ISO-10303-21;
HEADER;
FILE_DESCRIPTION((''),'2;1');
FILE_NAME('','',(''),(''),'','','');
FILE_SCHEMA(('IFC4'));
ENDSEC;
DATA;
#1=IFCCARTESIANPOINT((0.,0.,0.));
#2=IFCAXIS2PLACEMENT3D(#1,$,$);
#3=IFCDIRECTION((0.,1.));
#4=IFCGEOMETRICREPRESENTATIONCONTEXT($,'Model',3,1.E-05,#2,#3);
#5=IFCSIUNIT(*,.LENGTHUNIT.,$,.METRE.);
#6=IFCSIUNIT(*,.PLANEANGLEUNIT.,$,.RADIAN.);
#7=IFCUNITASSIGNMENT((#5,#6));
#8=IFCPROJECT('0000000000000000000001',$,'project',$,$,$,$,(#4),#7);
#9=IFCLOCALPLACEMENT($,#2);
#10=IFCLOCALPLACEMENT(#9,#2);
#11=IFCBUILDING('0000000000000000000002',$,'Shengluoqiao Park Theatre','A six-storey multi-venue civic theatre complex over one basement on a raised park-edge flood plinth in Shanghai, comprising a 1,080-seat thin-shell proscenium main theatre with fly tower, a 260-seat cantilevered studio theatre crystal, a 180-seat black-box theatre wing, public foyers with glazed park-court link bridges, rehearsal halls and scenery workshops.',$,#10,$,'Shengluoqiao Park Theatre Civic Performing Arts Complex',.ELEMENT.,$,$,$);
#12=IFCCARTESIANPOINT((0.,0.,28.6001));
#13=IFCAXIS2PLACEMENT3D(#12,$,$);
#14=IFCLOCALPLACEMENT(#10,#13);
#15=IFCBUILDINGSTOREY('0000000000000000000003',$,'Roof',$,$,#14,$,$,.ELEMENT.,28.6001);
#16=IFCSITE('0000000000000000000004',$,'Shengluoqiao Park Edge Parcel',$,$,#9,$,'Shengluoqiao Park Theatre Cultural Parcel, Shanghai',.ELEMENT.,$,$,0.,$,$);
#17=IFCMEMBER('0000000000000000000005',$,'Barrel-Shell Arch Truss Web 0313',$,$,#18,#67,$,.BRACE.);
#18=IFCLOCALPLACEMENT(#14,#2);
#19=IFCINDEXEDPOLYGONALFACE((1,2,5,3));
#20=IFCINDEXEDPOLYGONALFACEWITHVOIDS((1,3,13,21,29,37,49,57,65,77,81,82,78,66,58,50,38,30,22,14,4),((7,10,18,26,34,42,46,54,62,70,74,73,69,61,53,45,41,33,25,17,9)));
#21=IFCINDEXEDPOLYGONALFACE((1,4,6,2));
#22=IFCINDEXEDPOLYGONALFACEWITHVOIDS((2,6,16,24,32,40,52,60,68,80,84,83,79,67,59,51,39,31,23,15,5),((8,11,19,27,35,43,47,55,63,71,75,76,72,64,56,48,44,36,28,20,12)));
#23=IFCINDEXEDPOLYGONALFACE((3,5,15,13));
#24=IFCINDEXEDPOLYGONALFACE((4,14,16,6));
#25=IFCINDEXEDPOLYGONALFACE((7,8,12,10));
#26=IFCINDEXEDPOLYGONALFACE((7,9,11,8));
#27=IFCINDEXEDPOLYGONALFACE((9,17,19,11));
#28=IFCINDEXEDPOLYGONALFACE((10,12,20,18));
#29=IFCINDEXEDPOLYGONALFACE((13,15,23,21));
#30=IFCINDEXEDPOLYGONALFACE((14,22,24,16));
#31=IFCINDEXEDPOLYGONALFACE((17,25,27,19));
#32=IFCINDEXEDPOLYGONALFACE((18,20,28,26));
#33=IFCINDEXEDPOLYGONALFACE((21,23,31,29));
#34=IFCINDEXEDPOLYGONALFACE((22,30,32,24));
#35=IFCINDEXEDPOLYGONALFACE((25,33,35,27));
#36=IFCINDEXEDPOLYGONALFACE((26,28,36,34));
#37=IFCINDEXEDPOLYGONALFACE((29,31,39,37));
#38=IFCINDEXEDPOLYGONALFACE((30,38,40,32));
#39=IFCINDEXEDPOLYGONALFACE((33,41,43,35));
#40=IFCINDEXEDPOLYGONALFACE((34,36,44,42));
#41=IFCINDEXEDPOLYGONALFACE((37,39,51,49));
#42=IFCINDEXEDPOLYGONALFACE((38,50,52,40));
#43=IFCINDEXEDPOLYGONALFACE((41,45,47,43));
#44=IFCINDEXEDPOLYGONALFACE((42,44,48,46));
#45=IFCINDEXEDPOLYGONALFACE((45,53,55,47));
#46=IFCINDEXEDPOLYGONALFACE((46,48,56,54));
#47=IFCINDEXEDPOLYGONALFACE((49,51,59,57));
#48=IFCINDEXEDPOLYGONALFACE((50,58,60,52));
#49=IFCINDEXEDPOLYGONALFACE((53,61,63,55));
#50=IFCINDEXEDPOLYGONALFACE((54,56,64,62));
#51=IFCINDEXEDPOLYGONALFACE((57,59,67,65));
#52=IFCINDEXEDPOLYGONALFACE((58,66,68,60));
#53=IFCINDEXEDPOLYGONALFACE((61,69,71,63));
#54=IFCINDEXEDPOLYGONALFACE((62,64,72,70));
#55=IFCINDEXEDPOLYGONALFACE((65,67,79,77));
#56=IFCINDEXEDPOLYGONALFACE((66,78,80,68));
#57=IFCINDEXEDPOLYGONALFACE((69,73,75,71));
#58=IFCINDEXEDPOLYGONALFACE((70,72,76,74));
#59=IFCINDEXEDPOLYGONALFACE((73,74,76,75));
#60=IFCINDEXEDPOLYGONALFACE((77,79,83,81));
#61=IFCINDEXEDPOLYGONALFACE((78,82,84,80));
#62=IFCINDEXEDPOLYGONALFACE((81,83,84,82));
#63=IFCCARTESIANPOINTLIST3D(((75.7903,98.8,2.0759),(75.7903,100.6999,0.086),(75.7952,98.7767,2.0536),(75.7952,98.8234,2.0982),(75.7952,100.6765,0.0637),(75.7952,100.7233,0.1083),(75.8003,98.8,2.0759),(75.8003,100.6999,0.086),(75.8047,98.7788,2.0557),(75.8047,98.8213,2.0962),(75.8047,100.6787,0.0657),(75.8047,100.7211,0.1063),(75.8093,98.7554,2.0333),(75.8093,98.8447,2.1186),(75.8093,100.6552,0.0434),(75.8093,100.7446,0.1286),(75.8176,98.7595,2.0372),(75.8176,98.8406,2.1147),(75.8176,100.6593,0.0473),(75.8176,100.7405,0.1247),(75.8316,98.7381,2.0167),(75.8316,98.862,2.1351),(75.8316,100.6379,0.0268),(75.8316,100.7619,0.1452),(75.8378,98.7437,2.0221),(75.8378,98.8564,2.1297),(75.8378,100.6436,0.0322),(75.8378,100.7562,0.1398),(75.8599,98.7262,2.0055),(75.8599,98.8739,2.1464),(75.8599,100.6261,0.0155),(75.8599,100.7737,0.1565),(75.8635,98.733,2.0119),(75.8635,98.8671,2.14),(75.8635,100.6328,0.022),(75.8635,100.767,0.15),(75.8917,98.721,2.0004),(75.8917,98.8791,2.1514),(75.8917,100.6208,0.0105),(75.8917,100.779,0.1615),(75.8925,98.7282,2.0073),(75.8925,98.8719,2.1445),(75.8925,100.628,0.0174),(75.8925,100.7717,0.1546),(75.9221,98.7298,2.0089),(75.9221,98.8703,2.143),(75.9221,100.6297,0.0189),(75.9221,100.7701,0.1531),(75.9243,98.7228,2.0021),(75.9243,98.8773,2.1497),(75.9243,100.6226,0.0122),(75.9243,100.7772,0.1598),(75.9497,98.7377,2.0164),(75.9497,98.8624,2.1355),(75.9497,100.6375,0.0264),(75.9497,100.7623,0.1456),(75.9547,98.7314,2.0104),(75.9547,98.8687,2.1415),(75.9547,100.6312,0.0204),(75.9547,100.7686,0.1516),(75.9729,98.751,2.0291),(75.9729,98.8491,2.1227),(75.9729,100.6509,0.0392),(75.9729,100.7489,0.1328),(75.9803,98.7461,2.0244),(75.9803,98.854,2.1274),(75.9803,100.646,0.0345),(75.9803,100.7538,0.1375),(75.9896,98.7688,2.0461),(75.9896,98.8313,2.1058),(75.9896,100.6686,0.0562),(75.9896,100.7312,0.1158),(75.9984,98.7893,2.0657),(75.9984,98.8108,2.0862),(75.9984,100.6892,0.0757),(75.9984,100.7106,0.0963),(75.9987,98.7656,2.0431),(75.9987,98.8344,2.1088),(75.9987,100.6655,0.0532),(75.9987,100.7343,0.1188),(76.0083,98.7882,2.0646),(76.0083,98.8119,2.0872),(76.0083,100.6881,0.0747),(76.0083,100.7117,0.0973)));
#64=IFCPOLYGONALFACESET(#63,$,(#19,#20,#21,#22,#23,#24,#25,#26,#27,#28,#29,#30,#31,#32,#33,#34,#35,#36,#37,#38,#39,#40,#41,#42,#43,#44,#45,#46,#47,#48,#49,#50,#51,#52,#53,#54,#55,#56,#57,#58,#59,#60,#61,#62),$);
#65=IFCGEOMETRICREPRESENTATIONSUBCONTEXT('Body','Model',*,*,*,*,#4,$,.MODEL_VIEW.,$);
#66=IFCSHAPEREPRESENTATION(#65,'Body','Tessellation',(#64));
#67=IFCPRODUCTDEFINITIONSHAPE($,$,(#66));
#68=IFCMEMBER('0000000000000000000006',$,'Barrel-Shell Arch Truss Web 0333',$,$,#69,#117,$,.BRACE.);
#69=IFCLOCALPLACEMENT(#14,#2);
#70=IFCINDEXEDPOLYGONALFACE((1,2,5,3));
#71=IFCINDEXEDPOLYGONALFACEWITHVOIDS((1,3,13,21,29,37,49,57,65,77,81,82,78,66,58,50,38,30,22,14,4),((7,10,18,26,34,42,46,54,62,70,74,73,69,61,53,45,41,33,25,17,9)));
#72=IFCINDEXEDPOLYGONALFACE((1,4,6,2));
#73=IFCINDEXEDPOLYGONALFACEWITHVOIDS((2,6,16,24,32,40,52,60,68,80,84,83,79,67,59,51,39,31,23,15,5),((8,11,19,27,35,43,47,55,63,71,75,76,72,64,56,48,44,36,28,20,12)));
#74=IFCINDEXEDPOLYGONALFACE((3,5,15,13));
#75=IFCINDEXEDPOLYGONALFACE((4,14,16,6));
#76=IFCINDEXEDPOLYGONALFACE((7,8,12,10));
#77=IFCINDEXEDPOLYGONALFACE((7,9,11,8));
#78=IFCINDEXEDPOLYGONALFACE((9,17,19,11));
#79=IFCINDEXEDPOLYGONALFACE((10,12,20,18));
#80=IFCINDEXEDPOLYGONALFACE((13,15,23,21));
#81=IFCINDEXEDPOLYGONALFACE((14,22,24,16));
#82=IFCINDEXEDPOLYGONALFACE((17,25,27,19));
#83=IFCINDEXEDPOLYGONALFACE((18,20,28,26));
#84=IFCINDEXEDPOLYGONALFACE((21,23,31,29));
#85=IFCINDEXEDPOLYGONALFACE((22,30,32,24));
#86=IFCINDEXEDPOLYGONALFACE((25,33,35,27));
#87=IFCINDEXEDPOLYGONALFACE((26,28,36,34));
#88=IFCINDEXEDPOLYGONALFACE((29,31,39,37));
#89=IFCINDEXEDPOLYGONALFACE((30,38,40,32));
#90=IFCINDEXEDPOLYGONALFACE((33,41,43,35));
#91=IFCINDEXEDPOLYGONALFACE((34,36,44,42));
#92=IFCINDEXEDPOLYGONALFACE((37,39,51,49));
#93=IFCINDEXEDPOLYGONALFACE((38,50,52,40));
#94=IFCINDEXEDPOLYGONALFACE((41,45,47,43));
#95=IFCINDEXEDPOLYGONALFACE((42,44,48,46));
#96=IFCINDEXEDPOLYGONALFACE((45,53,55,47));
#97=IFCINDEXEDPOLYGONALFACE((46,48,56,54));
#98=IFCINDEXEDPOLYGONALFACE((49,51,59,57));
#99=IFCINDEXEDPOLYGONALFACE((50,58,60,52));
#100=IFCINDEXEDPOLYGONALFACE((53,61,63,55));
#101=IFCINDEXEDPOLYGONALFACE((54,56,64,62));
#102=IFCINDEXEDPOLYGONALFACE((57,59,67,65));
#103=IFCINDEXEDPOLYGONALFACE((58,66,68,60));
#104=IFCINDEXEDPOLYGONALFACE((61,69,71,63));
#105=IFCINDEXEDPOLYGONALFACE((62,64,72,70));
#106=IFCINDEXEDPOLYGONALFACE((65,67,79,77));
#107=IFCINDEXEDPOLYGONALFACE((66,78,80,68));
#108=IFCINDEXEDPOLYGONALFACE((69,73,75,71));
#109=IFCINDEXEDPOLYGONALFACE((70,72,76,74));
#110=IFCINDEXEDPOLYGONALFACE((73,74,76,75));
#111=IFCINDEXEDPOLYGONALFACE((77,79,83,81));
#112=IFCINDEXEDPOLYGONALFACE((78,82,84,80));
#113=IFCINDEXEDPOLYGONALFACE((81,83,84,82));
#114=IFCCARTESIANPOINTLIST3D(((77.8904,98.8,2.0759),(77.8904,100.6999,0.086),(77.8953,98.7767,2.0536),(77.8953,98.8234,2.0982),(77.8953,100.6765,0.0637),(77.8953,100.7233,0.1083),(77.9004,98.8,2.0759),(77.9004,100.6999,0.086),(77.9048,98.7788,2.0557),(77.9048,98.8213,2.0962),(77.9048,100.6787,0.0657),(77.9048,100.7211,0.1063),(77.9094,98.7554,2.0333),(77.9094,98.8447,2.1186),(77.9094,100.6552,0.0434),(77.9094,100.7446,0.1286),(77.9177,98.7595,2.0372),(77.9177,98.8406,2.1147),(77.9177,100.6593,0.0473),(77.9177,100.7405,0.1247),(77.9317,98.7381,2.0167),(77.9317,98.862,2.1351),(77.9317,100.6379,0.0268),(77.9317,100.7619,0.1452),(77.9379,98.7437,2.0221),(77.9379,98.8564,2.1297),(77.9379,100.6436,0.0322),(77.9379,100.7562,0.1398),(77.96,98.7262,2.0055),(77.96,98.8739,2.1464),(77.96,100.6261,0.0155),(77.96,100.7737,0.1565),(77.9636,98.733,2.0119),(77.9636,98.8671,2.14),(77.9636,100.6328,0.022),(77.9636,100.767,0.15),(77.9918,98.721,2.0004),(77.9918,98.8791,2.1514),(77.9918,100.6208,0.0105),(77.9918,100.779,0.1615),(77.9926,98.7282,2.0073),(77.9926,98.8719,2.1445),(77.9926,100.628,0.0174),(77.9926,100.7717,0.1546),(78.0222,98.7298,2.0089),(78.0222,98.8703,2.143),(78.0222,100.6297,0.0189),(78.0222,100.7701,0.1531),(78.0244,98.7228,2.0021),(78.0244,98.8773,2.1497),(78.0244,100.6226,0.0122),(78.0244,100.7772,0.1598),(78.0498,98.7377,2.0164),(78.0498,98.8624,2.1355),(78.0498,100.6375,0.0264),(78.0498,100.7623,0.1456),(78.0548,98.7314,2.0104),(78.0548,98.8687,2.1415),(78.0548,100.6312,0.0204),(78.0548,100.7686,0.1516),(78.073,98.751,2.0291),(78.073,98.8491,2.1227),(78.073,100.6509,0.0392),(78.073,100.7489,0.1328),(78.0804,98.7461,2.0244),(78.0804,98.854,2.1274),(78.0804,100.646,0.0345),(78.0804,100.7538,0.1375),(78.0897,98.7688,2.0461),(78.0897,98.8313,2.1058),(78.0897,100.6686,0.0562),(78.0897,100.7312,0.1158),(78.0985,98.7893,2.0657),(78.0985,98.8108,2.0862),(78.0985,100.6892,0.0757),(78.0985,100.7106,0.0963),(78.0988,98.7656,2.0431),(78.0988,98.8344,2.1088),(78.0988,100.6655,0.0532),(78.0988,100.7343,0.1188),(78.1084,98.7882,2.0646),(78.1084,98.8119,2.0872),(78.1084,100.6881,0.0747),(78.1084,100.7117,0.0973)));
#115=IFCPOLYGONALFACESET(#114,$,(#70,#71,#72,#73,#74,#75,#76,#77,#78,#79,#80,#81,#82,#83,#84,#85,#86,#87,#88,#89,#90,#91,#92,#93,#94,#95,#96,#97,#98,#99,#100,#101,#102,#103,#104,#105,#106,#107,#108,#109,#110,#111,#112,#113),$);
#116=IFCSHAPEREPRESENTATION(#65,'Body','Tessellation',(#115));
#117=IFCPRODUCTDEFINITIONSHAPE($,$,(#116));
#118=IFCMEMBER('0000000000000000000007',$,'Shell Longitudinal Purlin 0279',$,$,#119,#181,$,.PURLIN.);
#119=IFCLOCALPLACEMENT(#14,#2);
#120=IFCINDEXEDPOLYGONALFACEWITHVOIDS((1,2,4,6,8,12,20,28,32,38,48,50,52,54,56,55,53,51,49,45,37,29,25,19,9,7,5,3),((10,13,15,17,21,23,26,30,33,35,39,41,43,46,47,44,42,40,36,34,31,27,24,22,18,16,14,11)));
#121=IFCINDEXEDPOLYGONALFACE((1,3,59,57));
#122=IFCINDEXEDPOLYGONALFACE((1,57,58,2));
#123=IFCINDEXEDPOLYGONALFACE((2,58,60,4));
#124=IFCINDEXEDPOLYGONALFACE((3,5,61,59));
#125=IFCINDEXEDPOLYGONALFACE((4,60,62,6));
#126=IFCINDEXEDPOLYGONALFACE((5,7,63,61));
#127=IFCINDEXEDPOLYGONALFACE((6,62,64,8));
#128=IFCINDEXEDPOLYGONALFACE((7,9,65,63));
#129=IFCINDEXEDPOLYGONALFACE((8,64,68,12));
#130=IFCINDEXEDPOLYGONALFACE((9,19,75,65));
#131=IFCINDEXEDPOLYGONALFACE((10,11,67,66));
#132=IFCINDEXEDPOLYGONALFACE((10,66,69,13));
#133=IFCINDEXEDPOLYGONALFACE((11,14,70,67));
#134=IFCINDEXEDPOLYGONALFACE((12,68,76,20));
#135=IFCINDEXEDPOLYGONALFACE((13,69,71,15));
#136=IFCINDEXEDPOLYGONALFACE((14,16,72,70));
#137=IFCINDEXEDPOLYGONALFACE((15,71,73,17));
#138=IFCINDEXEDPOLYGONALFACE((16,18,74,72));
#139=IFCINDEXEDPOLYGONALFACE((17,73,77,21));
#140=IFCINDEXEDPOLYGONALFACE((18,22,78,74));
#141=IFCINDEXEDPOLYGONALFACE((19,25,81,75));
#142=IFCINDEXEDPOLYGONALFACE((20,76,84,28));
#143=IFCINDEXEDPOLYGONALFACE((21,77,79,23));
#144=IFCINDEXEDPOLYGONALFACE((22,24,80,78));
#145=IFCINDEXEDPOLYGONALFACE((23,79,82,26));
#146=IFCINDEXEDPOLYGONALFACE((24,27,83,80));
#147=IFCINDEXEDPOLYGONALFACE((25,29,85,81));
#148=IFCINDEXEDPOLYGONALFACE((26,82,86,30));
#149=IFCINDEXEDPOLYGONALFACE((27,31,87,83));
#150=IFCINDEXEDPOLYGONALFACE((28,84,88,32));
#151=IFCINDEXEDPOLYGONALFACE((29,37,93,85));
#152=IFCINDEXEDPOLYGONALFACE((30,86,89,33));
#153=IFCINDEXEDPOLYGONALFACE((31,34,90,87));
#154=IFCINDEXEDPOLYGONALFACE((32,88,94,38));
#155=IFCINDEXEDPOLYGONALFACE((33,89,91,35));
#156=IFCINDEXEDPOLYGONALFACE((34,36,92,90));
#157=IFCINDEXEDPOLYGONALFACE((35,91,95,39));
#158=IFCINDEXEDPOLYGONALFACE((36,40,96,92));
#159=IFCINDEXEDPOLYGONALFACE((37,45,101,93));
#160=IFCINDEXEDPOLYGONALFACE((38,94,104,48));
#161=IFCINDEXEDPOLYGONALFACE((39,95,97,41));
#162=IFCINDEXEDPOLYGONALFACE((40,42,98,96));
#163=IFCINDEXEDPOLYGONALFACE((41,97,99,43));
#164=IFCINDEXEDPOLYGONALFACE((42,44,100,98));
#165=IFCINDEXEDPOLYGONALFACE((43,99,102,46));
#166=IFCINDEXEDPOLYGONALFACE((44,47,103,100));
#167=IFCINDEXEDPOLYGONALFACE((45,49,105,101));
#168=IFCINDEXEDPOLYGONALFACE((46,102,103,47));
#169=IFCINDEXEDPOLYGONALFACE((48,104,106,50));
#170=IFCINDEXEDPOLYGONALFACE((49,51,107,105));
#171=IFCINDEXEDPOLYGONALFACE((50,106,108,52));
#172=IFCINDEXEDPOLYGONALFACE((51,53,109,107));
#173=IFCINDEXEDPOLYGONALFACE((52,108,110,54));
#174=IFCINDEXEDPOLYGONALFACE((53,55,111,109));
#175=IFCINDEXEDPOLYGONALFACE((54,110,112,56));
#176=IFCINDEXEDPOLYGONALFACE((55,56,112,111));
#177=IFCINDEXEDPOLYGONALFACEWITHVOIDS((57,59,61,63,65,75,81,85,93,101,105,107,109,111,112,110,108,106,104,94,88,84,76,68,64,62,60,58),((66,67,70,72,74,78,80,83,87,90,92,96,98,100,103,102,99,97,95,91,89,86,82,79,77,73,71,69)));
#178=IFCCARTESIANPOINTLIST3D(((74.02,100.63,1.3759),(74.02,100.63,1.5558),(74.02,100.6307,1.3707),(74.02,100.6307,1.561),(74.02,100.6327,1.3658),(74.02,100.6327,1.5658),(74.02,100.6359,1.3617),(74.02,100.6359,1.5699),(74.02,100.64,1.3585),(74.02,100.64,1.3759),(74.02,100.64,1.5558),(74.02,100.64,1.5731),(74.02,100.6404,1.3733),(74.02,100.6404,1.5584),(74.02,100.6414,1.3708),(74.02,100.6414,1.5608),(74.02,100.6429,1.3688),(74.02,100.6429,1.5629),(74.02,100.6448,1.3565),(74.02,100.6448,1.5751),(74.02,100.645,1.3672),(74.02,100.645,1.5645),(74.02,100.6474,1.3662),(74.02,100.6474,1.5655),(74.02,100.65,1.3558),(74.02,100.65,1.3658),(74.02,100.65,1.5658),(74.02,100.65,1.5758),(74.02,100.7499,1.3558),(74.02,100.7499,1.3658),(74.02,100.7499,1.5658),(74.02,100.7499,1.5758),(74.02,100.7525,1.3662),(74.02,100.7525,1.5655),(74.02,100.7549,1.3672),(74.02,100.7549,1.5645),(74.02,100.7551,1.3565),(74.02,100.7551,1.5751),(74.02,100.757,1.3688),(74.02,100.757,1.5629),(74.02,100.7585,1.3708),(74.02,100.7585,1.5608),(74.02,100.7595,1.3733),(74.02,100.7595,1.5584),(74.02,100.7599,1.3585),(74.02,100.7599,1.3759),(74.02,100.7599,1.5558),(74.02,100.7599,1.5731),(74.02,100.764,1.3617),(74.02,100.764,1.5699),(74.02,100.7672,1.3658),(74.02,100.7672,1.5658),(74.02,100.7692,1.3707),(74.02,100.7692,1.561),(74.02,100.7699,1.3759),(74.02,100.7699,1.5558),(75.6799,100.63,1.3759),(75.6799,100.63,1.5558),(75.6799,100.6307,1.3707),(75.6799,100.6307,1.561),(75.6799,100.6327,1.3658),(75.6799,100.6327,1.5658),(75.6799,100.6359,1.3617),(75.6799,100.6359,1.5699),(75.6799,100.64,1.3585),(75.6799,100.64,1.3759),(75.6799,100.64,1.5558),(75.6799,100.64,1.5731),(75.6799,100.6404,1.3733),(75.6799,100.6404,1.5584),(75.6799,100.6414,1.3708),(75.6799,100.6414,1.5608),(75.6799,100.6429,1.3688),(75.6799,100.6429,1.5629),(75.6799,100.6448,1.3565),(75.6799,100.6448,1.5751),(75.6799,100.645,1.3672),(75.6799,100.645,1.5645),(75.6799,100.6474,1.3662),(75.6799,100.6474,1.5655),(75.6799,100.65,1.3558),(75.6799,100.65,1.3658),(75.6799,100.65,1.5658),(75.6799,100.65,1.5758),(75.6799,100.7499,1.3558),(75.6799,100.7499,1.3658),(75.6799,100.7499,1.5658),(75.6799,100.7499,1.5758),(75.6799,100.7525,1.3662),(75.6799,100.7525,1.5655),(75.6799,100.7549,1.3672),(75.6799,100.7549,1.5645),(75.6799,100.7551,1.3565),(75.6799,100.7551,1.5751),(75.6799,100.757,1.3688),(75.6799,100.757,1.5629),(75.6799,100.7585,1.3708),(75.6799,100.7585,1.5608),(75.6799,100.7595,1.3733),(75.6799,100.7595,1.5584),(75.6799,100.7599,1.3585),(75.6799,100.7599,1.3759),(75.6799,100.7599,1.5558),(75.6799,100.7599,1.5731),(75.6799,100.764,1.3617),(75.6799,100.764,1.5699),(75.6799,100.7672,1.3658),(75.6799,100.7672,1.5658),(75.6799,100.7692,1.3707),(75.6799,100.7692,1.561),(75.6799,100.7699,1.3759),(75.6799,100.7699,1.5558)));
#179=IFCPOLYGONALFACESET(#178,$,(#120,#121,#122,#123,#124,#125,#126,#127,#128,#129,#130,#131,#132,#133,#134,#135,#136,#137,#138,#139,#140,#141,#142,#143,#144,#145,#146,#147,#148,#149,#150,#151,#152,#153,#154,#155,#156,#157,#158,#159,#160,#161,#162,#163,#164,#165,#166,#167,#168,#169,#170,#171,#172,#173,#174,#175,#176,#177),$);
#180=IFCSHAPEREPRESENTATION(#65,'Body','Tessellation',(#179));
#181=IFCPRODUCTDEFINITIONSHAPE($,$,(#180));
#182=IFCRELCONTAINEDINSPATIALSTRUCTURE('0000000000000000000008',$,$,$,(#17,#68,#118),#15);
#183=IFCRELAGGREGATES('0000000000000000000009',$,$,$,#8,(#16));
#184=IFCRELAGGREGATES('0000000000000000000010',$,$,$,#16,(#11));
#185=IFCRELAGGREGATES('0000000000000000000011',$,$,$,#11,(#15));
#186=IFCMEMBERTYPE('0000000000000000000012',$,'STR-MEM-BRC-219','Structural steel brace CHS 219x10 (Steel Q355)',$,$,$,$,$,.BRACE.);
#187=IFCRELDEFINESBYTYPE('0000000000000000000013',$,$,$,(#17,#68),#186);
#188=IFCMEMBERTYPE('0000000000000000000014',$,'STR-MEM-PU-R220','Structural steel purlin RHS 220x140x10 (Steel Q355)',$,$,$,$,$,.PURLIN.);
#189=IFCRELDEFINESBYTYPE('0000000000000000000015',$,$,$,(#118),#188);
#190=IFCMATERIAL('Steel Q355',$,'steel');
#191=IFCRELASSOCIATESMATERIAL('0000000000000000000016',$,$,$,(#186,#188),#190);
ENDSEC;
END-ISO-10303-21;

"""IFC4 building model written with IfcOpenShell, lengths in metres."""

from ifc_helpers import new_model, si_unit, direction, frame, origin, origin_2d, place, context, subcontext, project, spatial, hollow_rectangle, hollow_circle, extrude, material, material_profile, profile_set, type_object, element, save


model = new_model("IFC4")

# Units and contexts
model_context = context("Model", 3, precision=1e-05, world=origin(), true_north=direction((0.0, 1.0)))
body_context = subcontext(model_context, "Body", "Model", "MODEL_VIEW")
ifc_project = project(units=[si_unit("LENGTHUNIT", "METRE"), si_unit("PLANEANGLEUNIT", "RADIAN")], contexts=[model_context])

# Site, building, storey
site_placement = place(None, origin())
site = spatial("IfcSite", under=ifc_project, at=site_placement, Name="Shengluoqiao Park Edge Parcel", LongName="Shengluoqiao Park Theatre Cultural Parcel, Shanghai", CompositionType="ELEMENT", RefElevation=0.0)
building_placement = place(site_placement, origin())
building = spatial("IfcBuilding", under=site, at=building_placement, Name="Shengluoqiao Park Theatre", Description="A six-storey multi-venue civic theatre complex over one basement on a raised park-edge flood plinth in Shanghai, comprising a 1,080-seat thin-shell proscenium main theatre with fly tower, a 260-seat cantilevered studio theatre crystal, a 180-seat black-box theatre wing, public foyers with glazed park-court link bridges, rehearsal halls and scenery workshops.", LongName="Shengluoqiao Park Theatre Civic Performing Arts Complex", CompositionType="ELEMENT")
storey_placement = place(building_placement, frame((0.0, 0.0, 28.6001)))
storey = spatial("IfcBuildingStorey", under=building, at=storey_placement, Name="Roof", CompositionType="ELEMENT", Elevation=28.6001)

# Shared definitions
ifc_material_1 = material(Name="Steel Q355", Category="steel")

# Members
ifc_material_profile_1 = material_profile(ifc_material_1, hollow_circle(Radius=0.1096, WallThickness=0.01, at=origin_2d()), Name="CHS 219x10")
ifc_profile_set_1 = profile_set([ifc_material_profile_1], Name="Steel Q355")
member_type_1 = type_object("IfcMemberType", Name="STR-MEM-BRC-219", Description="Structural steel brace CHS 219x10 (Steel Q355)", PredefinedType="BRACE", material=ifc_profile_set_1)
for number, where, z_axis, x_axis, name in (
    (1, (75.8999, 98.8, 2.0759), (0.0, 0.690545, -0.723289), (-1.0, 0.0, 0.0), "Barrel-Shell Arch Truss Web 0313"),
    (2, (78.0, 98.8, 2.0759), (0.0, 0.690545, -0.723289), (-1.0, 0.0, 0.0), "Barrel-Shell Arch Truss Web 0333"),
):
    element("IfcMember", number, at=place(storey_placement, frame(where, z_axis=z_axis, x_axis=x_axis)), inside=storey, type_object=member_type_1, Name=name, PredefinedType="BRACE", context=body_context, shape_type="SweptSolid", body=[
        extrude(hollow_circle(Radius=0.1096, WallThickness=0.01, at=origin_2d()), origin(), (0.0, 0.0, 1.0), 2.7512),
    ])
ifc_material_profile_2 = material_profile(ifc_material_1, hollow_rectangle(XDim=0.1399, YDim=0.22, WallThickness=0.01, InnerFilletRadius=0.01, OuterFilletRadius=0.02, at=origin_2d()), Name="RHS 220x140x10")
ifc_profile_set_2 = profile_set([ifc_material_profile_2], Name="Steel Q355")
member_type_2 = type_object("IfcMemberType", Name="STR-MEM-PU-R220", Description="Structural steel purlin RHS 220x140x10 (Steel Q355)", PredefinedType="PURLIN", material=ifc_profile_set_2)
for number, where, z_axis, x_axis, name in (
    (3, (74.02, 100.7, 1.4658), (1.0, 0.0, 0.0), (0.0, 1.0, 0.0), "Shell Longitudinal Purlin 0279"),
):
    element("IfcMember", number, at=place(storey_placement, frame(where, z_axis=z_axis, x_axis=x_axis)), inside=storey, type_object=member_type_2, Name=name, PredefinedType="PURLIN", context=body_context, shape_type="SweptSolid", body=[
        extrude(hollow_rectangle(XDim=0.1399, YDim=0.22, WallThickness=0.01, InnerFilletRadius=0.01, OuterFilletRadius=0.02, at=origin_2d()), origin(), (0.0, 0.0, 1.0), 1.6599),
    ])

save(model, "model.ifc")
